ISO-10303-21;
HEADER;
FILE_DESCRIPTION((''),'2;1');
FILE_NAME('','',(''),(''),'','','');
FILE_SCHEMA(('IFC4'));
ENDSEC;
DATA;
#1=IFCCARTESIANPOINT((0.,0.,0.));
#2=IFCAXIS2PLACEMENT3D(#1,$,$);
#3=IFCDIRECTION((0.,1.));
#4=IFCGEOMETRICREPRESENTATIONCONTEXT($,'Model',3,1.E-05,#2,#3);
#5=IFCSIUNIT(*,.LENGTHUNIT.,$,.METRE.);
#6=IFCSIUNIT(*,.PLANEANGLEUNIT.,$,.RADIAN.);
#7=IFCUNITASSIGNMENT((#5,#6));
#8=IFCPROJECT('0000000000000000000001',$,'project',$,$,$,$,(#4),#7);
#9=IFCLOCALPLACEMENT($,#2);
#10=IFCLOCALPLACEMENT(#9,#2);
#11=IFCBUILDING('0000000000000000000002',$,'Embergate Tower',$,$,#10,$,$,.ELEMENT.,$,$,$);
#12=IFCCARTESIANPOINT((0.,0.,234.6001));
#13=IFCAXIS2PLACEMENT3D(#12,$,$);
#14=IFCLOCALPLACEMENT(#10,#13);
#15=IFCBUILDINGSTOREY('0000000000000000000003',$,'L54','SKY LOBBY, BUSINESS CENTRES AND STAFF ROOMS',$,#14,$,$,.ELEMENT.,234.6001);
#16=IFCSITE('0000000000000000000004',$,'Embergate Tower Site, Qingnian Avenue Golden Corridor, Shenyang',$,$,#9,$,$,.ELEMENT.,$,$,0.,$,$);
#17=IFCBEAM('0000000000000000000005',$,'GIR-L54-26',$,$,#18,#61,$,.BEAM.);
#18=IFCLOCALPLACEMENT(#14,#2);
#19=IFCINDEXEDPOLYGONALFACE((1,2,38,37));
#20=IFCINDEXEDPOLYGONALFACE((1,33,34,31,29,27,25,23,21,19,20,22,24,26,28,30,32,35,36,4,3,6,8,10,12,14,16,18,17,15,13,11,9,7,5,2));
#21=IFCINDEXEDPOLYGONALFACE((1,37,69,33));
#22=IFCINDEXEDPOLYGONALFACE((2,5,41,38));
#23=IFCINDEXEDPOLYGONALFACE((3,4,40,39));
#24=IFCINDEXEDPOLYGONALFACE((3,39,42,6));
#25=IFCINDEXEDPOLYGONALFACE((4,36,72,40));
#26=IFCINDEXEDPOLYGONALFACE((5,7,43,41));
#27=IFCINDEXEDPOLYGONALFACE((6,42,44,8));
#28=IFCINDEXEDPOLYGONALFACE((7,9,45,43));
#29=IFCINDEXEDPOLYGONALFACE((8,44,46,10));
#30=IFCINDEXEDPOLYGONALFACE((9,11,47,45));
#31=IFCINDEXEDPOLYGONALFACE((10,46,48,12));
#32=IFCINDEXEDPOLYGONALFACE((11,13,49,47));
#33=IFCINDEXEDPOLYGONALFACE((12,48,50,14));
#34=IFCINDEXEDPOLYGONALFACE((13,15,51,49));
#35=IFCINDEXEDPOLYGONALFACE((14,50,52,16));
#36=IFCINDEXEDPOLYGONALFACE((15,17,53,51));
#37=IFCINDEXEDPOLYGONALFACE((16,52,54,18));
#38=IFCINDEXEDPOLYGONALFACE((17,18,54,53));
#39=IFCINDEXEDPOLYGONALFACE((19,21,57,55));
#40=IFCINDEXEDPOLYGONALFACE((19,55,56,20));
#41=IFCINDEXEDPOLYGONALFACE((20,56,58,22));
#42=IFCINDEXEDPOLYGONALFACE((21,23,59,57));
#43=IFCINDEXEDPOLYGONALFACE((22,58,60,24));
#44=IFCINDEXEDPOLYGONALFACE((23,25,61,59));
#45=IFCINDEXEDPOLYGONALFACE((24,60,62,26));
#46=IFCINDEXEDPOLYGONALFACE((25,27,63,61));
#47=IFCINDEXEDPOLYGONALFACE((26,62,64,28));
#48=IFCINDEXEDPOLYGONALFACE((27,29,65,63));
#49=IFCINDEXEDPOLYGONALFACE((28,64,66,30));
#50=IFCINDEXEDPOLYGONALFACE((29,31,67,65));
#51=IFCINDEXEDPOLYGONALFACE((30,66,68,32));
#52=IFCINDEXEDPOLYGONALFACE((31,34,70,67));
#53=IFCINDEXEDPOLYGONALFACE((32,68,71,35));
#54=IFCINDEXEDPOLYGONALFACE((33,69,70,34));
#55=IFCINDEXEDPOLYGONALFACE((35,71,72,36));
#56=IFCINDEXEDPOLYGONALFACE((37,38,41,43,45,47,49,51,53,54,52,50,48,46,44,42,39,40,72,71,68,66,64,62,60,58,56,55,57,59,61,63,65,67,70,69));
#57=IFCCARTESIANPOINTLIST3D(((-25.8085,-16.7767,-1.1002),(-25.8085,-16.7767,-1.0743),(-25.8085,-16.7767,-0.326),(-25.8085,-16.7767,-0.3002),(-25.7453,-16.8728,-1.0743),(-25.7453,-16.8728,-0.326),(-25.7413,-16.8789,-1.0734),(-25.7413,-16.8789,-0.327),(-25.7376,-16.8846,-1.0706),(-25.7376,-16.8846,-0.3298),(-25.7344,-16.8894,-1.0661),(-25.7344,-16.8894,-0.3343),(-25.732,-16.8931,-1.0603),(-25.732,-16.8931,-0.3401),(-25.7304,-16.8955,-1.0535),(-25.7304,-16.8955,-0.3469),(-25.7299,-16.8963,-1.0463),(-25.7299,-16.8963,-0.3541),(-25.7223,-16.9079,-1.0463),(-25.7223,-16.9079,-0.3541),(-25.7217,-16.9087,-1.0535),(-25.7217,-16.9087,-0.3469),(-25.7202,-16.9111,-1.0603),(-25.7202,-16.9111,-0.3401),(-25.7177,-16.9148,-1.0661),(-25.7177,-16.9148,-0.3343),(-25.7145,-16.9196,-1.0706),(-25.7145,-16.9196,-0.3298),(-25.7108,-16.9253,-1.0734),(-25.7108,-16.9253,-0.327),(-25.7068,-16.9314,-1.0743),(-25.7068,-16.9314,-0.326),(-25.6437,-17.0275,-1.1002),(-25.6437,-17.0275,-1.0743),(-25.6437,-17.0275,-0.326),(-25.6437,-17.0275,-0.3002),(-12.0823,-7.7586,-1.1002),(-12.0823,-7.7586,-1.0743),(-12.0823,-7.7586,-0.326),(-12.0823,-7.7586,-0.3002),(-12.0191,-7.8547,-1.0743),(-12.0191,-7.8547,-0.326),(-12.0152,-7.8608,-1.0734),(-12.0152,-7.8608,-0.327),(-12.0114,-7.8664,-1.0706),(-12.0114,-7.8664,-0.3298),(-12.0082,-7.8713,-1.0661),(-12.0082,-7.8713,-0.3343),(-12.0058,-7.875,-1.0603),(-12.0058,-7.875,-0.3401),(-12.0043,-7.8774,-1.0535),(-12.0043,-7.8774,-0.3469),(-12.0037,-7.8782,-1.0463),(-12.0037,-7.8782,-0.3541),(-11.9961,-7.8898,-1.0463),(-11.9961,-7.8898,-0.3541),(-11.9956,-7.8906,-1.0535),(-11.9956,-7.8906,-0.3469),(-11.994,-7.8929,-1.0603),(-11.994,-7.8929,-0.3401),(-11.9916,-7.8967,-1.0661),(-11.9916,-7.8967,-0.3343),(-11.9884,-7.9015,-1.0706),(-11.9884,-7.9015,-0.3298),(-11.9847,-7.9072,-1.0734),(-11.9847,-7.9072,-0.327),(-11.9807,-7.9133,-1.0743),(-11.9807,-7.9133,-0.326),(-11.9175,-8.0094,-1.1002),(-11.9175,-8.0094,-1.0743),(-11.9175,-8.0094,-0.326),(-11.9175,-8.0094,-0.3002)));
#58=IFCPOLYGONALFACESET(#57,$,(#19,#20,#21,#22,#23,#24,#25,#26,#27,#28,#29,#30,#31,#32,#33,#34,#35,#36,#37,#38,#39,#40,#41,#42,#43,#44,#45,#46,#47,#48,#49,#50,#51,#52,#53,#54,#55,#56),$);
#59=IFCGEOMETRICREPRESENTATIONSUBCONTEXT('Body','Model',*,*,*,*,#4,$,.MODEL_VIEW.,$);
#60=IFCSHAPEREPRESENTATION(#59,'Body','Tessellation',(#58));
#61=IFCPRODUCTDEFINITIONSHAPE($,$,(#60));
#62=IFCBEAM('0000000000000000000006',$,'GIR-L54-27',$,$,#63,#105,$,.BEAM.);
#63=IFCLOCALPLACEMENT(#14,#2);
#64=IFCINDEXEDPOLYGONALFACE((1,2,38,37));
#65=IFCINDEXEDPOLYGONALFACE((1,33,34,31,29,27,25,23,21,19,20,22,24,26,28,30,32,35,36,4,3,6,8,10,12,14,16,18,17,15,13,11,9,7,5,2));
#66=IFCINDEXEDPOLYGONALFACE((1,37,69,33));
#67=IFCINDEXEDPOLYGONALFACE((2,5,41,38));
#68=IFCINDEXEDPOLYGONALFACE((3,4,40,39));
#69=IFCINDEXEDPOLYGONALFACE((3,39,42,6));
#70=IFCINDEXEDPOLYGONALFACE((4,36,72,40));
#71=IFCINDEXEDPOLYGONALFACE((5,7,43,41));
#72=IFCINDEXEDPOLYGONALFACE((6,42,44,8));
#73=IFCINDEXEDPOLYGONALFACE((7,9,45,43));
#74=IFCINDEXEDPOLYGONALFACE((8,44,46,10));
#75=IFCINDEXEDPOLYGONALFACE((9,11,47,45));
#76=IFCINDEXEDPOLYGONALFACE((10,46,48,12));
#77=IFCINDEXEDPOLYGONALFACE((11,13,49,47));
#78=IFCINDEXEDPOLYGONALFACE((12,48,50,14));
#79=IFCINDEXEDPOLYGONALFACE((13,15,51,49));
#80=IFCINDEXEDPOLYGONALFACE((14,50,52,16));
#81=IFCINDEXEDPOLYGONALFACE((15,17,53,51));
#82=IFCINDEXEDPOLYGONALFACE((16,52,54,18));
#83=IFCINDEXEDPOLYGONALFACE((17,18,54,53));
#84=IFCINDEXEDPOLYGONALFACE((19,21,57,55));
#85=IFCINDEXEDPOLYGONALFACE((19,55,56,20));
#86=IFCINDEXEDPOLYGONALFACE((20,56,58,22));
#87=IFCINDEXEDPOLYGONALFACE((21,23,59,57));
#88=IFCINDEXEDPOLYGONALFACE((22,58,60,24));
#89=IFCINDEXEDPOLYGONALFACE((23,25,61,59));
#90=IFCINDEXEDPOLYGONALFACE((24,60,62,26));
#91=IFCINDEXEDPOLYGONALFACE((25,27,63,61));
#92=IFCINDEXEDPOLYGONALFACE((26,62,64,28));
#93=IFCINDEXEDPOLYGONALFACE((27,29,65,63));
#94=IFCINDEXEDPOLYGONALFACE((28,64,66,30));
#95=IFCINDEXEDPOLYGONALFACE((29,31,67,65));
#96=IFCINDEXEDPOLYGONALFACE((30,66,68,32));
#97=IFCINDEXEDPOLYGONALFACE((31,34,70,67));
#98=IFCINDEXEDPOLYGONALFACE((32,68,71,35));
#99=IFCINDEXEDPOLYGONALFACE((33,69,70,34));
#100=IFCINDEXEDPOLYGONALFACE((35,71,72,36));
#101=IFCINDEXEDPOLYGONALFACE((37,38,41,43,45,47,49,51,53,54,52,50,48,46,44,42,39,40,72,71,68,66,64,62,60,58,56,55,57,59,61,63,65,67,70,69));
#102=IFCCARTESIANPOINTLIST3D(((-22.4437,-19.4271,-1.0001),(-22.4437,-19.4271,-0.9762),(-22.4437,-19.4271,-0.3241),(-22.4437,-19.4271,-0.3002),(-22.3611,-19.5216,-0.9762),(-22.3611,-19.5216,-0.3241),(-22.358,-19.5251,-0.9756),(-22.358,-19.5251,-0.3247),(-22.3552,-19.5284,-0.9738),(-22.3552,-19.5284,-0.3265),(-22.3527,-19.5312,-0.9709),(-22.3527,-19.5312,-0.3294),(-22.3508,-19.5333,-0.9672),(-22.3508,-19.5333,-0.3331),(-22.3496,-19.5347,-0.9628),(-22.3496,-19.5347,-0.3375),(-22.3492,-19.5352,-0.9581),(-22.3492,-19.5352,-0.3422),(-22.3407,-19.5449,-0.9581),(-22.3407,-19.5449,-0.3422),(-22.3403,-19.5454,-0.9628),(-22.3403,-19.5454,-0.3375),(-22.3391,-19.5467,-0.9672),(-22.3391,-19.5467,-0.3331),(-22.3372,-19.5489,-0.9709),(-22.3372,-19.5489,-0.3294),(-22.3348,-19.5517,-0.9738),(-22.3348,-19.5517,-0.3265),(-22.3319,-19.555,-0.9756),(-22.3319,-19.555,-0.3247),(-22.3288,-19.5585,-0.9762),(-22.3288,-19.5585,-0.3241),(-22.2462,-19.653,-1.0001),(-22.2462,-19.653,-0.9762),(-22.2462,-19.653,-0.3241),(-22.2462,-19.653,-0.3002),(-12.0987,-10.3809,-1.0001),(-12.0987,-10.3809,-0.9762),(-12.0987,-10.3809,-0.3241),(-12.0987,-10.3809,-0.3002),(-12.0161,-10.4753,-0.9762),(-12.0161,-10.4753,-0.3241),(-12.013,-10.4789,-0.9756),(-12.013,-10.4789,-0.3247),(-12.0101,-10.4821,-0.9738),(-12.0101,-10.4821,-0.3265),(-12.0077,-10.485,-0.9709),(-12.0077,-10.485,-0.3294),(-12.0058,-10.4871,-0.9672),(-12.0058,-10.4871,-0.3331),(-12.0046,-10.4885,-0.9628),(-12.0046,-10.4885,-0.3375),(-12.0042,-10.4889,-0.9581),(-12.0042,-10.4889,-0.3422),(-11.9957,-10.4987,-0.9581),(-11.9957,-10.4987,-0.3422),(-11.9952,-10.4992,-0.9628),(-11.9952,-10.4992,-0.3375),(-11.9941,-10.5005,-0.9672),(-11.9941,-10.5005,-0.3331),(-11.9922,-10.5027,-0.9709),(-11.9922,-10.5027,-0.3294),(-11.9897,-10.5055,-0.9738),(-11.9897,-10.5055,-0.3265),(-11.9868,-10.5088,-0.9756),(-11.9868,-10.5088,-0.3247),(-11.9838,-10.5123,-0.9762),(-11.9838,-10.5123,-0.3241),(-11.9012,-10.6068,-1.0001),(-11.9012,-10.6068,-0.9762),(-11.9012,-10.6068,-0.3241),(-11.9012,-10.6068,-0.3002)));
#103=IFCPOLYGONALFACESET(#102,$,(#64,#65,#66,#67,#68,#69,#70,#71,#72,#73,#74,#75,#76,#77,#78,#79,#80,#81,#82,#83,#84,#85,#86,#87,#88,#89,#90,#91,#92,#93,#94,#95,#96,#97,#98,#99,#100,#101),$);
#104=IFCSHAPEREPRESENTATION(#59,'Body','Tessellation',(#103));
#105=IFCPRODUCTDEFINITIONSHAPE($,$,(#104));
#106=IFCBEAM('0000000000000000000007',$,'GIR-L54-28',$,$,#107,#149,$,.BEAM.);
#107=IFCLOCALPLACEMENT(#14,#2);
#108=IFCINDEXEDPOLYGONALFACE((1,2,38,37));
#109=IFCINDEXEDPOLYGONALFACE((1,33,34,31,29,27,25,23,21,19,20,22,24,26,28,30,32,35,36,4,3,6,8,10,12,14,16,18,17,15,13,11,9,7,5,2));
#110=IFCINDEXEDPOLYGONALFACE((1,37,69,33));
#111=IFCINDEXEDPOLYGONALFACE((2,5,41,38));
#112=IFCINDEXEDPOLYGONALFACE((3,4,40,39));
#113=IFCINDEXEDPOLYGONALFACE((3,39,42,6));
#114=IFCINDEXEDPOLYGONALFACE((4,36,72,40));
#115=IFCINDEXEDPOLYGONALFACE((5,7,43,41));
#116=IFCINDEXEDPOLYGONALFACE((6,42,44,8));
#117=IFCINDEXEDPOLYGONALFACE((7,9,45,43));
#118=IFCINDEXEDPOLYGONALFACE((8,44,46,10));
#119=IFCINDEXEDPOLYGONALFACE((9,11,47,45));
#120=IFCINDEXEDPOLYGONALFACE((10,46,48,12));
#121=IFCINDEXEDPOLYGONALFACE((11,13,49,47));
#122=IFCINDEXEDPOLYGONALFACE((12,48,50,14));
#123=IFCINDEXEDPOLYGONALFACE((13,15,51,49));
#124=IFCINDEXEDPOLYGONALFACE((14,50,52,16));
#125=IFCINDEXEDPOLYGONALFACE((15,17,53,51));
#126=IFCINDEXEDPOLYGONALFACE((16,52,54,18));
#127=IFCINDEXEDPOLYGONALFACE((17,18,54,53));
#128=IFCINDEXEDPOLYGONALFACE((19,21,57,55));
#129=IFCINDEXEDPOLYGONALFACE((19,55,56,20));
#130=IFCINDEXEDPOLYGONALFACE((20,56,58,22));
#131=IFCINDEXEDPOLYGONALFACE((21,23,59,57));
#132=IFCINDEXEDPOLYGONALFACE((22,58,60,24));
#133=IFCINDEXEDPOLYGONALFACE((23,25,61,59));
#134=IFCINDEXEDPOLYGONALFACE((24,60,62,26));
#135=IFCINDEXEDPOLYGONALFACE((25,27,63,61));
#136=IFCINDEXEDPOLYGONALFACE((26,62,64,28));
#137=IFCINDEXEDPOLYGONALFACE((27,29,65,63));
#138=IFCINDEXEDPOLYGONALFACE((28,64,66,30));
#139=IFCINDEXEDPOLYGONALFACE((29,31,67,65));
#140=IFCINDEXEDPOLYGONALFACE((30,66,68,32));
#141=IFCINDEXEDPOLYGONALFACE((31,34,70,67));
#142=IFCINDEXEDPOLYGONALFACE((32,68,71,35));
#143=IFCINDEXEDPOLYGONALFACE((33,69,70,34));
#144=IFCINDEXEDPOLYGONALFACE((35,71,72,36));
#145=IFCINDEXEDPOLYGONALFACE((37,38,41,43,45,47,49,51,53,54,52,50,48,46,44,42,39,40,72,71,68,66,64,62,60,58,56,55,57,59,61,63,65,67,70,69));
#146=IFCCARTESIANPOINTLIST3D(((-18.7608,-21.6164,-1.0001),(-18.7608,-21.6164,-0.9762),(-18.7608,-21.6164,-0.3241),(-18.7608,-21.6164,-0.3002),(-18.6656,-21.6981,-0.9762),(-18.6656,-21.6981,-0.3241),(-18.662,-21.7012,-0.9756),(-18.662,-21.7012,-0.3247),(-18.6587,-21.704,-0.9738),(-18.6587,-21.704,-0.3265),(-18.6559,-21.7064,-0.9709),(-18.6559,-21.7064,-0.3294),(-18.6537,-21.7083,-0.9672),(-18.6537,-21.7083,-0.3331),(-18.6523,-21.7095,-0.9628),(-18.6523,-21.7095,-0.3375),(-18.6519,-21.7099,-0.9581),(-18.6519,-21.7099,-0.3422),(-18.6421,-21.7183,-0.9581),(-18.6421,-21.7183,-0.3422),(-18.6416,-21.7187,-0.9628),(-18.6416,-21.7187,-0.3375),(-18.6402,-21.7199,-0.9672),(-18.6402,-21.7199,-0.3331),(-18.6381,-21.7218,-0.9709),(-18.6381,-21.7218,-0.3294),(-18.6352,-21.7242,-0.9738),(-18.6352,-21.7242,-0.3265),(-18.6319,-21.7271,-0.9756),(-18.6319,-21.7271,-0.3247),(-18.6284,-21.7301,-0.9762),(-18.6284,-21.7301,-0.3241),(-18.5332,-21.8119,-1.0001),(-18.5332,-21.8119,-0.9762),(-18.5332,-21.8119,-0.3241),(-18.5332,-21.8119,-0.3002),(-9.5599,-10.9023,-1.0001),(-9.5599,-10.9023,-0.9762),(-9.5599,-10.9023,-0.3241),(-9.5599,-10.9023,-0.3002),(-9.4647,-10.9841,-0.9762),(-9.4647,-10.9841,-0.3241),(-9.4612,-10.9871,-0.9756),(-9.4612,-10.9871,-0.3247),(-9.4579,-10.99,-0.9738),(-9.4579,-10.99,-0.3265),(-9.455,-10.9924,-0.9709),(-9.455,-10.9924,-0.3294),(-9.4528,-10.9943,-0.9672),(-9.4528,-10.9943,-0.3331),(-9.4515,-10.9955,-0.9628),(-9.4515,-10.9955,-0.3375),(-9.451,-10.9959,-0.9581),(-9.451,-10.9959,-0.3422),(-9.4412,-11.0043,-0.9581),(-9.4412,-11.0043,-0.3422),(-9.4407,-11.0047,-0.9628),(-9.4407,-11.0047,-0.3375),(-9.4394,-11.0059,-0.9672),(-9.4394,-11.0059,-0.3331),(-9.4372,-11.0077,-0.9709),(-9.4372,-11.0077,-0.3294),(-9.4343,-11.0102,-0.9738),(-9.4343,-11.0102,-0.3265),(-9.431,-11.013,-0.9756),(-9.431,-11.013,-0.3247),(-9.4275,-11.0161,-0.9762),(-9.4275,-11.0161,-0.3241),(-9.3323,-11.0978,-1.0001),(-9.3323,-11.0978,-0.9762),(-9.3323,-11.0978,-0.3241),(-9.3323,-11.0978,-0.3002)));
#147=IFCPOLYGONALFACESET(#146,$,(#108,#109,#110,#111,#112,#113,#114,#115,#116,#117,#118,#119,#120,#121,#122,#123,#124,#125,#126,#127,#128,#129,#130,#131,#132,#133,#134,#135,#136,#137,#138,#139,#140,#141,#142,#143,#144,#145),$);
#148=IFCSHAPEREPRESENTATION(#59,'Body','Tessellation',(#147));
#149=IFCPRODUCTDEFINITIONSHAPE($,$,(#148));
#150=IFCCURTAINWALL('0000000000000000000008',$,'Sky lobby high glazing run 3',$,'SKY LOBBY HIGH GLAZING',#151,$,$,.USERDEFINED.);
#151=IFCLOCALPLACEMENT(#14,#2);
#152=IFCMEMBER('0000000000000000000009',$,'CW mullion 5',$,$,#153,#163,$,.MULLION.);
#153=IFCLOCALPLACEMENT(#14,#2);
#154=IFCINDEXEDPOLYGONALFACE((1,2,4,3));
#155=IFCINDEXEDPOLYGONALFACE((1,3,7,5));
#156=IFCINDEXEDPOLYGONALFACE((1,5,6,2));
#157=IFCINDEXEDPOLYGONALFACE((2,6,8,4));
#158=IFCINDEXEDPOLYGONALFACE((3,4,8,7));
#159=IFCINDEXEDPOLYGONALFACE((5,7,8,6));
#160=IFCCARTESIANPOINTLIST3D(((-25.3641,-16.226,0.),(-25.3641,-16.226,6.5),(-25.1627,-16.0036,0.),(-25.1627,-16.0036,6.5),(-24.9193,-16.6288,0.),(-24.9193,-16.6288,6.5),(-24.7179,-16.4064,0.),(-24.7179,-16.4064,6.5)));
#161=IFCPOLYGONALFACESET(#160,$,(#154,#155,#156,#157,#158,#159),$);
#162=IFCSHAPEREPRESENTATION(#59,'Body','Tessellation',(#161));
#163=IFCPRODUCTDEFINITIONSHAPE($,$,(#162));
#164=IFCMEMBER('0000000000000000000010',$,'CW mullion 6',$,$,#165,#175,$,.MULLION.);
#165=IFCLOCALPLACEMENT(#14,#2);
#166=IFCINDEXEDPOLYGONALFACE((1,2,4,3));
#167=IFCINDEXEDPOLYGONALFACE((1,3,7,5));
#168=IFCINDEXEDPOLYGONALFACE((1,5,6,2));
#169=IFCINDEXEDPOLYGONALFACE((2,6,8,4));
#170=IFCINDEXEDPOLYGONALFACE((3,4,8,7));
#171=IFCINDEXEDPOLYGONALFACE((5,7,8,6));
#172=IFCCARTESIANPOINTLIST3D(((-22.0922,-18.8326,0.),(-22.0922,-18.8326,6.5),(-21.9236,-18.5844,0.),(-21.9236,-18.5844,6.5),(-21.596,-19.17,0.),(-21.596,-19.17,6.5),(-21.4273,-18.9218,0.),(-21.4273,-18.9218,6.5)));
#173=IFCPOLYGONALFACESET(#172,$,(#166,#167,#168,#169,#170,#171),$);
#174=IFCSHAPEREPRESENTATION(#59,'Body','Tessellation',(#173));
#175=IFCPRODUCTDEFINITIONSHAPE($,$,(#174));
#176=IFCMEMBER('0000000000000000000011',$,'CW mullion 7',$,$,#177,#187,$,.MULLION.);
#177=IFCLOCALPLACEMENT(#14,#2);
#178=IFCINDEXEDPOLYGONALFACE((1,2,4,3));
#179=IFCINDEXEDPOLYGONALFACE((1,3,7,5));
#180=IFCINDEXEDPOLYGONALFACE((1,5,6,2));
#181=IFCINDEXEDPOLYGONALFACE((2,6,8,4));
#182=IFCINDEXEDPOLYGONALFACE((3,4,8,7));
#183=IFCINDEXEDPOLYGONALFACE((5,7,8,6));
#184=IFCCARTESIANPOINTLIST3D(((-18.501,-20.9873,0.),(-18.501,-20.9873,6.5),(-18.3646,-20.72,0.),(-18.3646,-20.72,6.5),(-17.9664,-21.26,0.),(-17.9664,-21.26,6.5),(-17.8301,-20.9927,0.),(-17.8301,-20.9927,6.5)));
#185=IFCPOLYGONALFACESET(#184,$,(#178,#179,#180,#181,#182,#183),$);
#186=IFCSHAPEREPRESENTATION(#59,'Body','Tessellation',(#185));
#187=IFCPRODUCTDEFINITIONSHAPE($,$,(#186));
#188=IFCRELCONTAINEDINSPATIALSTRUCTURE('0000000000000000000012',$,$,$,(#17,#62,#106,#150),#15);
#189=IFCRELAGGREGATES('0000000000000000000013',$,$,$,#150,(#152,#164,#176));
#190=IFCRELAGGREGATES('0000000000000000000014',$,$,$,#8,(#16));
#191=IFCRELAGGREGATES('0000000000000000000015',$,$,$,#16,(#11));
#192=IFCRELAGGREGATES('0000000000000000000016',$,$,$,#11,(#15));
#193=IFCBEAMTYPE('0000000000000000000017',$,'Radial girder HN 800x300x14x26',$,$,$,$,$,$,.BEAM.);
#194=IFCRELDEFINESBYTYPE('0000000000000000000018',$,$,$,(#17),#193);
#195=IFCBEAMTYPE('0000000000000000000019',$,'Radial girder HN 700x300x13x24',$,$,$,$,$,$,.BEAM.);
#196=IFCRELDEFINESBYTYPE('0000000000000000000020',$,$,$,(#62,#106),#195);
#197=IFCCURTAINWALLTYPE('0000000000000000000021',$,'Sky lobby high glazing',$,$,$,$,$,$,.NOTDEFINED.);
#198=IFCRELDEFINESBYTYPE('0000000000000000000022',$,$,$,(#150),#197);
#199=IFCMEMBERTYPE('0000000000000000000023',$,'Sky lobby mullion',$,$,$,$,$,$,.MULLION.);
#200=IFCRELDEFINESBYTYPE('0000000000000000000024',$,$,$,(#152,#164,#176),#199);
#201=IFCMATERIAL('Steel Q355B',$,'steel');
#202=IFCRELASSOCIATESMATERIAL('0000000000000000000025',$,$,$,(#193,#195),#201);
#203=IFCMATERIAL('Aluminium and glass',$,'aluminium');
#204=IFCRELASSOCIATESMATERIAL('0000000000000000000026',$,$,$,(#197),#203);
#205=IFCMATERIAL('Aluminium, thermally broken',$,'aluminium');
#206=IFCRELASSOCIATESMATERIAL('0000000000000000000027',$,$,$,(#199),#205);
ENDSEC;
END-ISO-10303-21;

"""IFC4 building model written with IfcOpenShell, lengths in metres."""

from ifc_helpers import new_model, si_unit, direction, frame, origin, origin_2d, place, context, subcontext, project, spatial, rectangle, i_section, extrude, source, transform, mapped, material, material_profile, profile_set, type_object, element, aggregate, save


model = new_model("IFC4")

# Units and contexts
model_context = context("Model", 3, precision=1e-05, world=origin(), true_north=direction((0.0, 1.0)))
body_context = subcontext(model_context, "Body", "Model", "MODEL_VIEW")
ifc_project = project(units=[si_unit("LENGTHUNIT", "METRE"), si_unit("PLANEANGLEUNIT", "RADIAN")], contexts=[model_context])

# Site, building, storey
site_placement = place(None, origin())
site = spatial("IfcSite", under=ifc_project, at=site_placement, Name="Embergate Tower Site, Qingnian Avenue Golden Corridor, Shenyang", CompositionType="ELEMENT", RefElevation=0.0)
building_placement = place(site_placement, origin())
building = spatial("IfcBuilding", under=site, at=building_placement, Name="Embergate Tower", CompositionType="ELEMENT")
storey_placement = place(building_placement, frame((0.0, 0.0, 234.6001)))
storey = spatial("IfcBuildingStorey", under=building, at=storey_placement, Name="L54", Description="SKY LOBBY, BUSINESS CENTRES AND STAFF ROOMS", CompositionType="ELEMENT", Elevation=234.6001)

# Beams
ifc_material_1 = material(Name="Steel Q355B", Category="steel")
ifc_material_profile_1 = material_profile(ifc_material_1, i_section(OverallWidth=0.3, OverallDepth=0.8, WebThickness=0.0139, FlangeThickness=0.0259, FilletRadius=0.0281, at=origin_2d()), Name="HN 800x300x14x26")
ifc_profile_set_1 = profile_set([ifc_material_profile_1], Name="Steel Q355 grade B")
beam_type_1 = type_object("IfcBeamType", Name="Radial girder HN 800x300x14x26", PredefinedType="BEAM", material=ifc_profile_set_1)
shared_shape_1 = source(origin(), body_context, "Body", "SweptSolid", [
    extrude(i_section(OverallWidth=0.3, OverallDepth=0.8, WebThickness=0.0139, FlangeThickness=0.0259, FilletRadius=0.0281, at=origin_2d()), origin(), (0.0, 0.0, 1.0), 16.4236),
])
beam_1_placement = place(storey_placement, frame((-25.7261, -16.9021, -0.7002), z_axis=(0.835759, 0.549096, 0.0), x_axis=(-0.549096, 0.835759, 0.0)))
element("IfcBeam", 1, at=beam_1_placement, inside=storey, type_object=beam_type_1, Name="GIR-L54-26", PredefinedType="BEAM", context=body_context, shape_type="MappedRepresentation", body=[
    mapped(shared_shape_1, transform((0.0, 0.0, 0.0))),
])
ifc_material_profile_2 = material_profile(ifc_material_1, i_section(OverallWidth=0.3, OverallDepth=0.7, WebThickness=0.0129, FlangeThickness=0.0239, FilletRadius=0.0181, at=origin_2d()), Name="HN 700x300x13x24")
ifc_profile_set_2 = profile_set([ifc_material_profile_2], Name="Steel Q355 grade B")
beam_type_2 = type_object("IfcBeamType", Name="Radial girder HN 700x300x13x24", PredefinedType="BEAM", material=ifc_profile_set_2)
shared_shape_2 = source(origin(), body_context, "Body", "SweptSolid", [
    extrude(i_section(OverallWidth=0.3, OverallDepth=0.7, WebThickness=0.0129, FlangeThickness=0.0239, FilletRadius=0.0181, at=origin_2d()), origin(), (0.0, 0.0, 1.0), 13.7424),
])
beam_2_placement = place(storey_placement, frame((-22.345, -19.54, -0.6501), z_axis=(0.752782, 0.658269, 0.0), x_axis=(-0.658269, 0.752782, 0.0)))
element("IfcBeam", 2, at=beam_2_placement, inside=storey, type_object=beam_type_2, Name="GIR-L54-27", PredefinedType="BEAM", context=body_context, shape_type="MappedRepresentation", body=[
    mapped(shared_shape_2, transform((0.0, 0.0, 0.0))),
])
shared_shape_3 = source(origin(), body_context, "Body", "SweptSolid", [
    extrude(i_section(OverallWidth=0.3, OverallDepth=0.7, WebThickness=0.0129, FlangeThickness=0.0239, FilletRadius=0.0181, at=origin_2d()), origin(), (0.0, 0.0, 1.0), 14.1226),
])
beam_3_placement = place(storey_placement, frame((-18.647, -21.7141, -0.6501), z_axis=(0.651501, 0.758647, 0.0), x_axis=(-0.758647, 0.651501, 0.0)))
element("IfcBeam", 3, at=beam_3_placement, inside=storey, type_object=beam_type_2, Name="GIR-L54-28", PredefinedType="BEAM", context=body_context, shape_type="MappedRepresentation", body=[
    mapped(shared_shape_3, transform((0.0, 0.0, 0.0))),
])

# Curtain wall, members
ifc_material_2 = material(Name="Aluminium and glass", Category="aluminium")
curtain_wall_type = type_object("IfcCurtainWallType", Name="Sky lobby high glazing", PredefinedType="NOTDEFINED", material=ifc_material_2)
curtain_wall_placement = place(storey_placement, origin())
curtain_wall = element("IfcCurtainWall", 4, at=curtain_wall_placement, inside=storey, type_object=curtain_wall_type, Name="Sky lobby high glazing run 3", ObjectType="SKY LOBBY HIGH GLAZING", PredefinedType="USERDEFINED")
ifc_material_3 = material(Name="Aluminium, thermally broken", Category="aluminium")
ifc_material_profile_3 = material_profile(ifc_material_3, rectangle(XDim=0.3, YDim=0.6001, at=origin_2d()), Name="AL 600x300")
ifc_profile_set_3 = profile_set([ifc_material_profile_3], Name="Aluminium, thermally broken")
member_type_1 = type_object("IfcMemberType", Name="Sky lobby mullion", PredefinedType="MULLION", material=ifc_profile_set_3)
shared_shape_4 = source(origin(), body_context, "Body", "SweptSolid", [
    extrude(rectangle(XDim=0.3, YDim=0.6001, at=origin_2d()), origin(), (0.0, 0.0, 1.0), 6.5),
])
member_1_placement = place(storey_placement, frame((-25.041, -16.3162, 0.0), z_axis=(0.0, 0.0, 1.0), x_axis=(0.671215, 0.741263, 0.0)))
member_1 = element("IfcMember", 5, at=member_1_placement, type_object=member_type_1, Name="CW mullion 5", PredefinedType="MULLION", context=body_context, shape_type="MappedRepresentation", body=[
    mapped(shared_shape_4, transform((0.0, 0.0, 0.0))),
])
member_2_placement = place(storey_placement, frame((-21.7598, -18.8772, 0.0), z_axis=(0.0, 0.0, 1.0), x_axis=(0.562208, 0.826996, 0.0)))
member_2 = element("IfcMember", 6, at=member_2_placement, type_object=member_type_1, Name="CW mullion 6", PredefinedType="MULLION", context=body_context, shape_type="MappedRepresentation", body=[
    mapped(shared_shape_4, transform((0.0, 0.0, 0.0))),
])
member_3_placement = place(storey_placement, frame((-18.1655, -20.99, 0.0), z_axis=(0.0, 0.0, 1.0), x_axis=(0.454504, 0.890745, 0.0)))
member_3 = element("IfcMember", 7, at=member_3_placement, type_object=member_type_1, Name="CW mullion 7", PredefinedType="MULLION", context=body_context, shape_type="MappedRepresentation", body=[
    mapped(shared_shape_4, transform((0.0, 0.0, 0.0))),
])
aggregate(curtain_wall, [member_1, member_2, member_3])

save(model, "model.ifc")
